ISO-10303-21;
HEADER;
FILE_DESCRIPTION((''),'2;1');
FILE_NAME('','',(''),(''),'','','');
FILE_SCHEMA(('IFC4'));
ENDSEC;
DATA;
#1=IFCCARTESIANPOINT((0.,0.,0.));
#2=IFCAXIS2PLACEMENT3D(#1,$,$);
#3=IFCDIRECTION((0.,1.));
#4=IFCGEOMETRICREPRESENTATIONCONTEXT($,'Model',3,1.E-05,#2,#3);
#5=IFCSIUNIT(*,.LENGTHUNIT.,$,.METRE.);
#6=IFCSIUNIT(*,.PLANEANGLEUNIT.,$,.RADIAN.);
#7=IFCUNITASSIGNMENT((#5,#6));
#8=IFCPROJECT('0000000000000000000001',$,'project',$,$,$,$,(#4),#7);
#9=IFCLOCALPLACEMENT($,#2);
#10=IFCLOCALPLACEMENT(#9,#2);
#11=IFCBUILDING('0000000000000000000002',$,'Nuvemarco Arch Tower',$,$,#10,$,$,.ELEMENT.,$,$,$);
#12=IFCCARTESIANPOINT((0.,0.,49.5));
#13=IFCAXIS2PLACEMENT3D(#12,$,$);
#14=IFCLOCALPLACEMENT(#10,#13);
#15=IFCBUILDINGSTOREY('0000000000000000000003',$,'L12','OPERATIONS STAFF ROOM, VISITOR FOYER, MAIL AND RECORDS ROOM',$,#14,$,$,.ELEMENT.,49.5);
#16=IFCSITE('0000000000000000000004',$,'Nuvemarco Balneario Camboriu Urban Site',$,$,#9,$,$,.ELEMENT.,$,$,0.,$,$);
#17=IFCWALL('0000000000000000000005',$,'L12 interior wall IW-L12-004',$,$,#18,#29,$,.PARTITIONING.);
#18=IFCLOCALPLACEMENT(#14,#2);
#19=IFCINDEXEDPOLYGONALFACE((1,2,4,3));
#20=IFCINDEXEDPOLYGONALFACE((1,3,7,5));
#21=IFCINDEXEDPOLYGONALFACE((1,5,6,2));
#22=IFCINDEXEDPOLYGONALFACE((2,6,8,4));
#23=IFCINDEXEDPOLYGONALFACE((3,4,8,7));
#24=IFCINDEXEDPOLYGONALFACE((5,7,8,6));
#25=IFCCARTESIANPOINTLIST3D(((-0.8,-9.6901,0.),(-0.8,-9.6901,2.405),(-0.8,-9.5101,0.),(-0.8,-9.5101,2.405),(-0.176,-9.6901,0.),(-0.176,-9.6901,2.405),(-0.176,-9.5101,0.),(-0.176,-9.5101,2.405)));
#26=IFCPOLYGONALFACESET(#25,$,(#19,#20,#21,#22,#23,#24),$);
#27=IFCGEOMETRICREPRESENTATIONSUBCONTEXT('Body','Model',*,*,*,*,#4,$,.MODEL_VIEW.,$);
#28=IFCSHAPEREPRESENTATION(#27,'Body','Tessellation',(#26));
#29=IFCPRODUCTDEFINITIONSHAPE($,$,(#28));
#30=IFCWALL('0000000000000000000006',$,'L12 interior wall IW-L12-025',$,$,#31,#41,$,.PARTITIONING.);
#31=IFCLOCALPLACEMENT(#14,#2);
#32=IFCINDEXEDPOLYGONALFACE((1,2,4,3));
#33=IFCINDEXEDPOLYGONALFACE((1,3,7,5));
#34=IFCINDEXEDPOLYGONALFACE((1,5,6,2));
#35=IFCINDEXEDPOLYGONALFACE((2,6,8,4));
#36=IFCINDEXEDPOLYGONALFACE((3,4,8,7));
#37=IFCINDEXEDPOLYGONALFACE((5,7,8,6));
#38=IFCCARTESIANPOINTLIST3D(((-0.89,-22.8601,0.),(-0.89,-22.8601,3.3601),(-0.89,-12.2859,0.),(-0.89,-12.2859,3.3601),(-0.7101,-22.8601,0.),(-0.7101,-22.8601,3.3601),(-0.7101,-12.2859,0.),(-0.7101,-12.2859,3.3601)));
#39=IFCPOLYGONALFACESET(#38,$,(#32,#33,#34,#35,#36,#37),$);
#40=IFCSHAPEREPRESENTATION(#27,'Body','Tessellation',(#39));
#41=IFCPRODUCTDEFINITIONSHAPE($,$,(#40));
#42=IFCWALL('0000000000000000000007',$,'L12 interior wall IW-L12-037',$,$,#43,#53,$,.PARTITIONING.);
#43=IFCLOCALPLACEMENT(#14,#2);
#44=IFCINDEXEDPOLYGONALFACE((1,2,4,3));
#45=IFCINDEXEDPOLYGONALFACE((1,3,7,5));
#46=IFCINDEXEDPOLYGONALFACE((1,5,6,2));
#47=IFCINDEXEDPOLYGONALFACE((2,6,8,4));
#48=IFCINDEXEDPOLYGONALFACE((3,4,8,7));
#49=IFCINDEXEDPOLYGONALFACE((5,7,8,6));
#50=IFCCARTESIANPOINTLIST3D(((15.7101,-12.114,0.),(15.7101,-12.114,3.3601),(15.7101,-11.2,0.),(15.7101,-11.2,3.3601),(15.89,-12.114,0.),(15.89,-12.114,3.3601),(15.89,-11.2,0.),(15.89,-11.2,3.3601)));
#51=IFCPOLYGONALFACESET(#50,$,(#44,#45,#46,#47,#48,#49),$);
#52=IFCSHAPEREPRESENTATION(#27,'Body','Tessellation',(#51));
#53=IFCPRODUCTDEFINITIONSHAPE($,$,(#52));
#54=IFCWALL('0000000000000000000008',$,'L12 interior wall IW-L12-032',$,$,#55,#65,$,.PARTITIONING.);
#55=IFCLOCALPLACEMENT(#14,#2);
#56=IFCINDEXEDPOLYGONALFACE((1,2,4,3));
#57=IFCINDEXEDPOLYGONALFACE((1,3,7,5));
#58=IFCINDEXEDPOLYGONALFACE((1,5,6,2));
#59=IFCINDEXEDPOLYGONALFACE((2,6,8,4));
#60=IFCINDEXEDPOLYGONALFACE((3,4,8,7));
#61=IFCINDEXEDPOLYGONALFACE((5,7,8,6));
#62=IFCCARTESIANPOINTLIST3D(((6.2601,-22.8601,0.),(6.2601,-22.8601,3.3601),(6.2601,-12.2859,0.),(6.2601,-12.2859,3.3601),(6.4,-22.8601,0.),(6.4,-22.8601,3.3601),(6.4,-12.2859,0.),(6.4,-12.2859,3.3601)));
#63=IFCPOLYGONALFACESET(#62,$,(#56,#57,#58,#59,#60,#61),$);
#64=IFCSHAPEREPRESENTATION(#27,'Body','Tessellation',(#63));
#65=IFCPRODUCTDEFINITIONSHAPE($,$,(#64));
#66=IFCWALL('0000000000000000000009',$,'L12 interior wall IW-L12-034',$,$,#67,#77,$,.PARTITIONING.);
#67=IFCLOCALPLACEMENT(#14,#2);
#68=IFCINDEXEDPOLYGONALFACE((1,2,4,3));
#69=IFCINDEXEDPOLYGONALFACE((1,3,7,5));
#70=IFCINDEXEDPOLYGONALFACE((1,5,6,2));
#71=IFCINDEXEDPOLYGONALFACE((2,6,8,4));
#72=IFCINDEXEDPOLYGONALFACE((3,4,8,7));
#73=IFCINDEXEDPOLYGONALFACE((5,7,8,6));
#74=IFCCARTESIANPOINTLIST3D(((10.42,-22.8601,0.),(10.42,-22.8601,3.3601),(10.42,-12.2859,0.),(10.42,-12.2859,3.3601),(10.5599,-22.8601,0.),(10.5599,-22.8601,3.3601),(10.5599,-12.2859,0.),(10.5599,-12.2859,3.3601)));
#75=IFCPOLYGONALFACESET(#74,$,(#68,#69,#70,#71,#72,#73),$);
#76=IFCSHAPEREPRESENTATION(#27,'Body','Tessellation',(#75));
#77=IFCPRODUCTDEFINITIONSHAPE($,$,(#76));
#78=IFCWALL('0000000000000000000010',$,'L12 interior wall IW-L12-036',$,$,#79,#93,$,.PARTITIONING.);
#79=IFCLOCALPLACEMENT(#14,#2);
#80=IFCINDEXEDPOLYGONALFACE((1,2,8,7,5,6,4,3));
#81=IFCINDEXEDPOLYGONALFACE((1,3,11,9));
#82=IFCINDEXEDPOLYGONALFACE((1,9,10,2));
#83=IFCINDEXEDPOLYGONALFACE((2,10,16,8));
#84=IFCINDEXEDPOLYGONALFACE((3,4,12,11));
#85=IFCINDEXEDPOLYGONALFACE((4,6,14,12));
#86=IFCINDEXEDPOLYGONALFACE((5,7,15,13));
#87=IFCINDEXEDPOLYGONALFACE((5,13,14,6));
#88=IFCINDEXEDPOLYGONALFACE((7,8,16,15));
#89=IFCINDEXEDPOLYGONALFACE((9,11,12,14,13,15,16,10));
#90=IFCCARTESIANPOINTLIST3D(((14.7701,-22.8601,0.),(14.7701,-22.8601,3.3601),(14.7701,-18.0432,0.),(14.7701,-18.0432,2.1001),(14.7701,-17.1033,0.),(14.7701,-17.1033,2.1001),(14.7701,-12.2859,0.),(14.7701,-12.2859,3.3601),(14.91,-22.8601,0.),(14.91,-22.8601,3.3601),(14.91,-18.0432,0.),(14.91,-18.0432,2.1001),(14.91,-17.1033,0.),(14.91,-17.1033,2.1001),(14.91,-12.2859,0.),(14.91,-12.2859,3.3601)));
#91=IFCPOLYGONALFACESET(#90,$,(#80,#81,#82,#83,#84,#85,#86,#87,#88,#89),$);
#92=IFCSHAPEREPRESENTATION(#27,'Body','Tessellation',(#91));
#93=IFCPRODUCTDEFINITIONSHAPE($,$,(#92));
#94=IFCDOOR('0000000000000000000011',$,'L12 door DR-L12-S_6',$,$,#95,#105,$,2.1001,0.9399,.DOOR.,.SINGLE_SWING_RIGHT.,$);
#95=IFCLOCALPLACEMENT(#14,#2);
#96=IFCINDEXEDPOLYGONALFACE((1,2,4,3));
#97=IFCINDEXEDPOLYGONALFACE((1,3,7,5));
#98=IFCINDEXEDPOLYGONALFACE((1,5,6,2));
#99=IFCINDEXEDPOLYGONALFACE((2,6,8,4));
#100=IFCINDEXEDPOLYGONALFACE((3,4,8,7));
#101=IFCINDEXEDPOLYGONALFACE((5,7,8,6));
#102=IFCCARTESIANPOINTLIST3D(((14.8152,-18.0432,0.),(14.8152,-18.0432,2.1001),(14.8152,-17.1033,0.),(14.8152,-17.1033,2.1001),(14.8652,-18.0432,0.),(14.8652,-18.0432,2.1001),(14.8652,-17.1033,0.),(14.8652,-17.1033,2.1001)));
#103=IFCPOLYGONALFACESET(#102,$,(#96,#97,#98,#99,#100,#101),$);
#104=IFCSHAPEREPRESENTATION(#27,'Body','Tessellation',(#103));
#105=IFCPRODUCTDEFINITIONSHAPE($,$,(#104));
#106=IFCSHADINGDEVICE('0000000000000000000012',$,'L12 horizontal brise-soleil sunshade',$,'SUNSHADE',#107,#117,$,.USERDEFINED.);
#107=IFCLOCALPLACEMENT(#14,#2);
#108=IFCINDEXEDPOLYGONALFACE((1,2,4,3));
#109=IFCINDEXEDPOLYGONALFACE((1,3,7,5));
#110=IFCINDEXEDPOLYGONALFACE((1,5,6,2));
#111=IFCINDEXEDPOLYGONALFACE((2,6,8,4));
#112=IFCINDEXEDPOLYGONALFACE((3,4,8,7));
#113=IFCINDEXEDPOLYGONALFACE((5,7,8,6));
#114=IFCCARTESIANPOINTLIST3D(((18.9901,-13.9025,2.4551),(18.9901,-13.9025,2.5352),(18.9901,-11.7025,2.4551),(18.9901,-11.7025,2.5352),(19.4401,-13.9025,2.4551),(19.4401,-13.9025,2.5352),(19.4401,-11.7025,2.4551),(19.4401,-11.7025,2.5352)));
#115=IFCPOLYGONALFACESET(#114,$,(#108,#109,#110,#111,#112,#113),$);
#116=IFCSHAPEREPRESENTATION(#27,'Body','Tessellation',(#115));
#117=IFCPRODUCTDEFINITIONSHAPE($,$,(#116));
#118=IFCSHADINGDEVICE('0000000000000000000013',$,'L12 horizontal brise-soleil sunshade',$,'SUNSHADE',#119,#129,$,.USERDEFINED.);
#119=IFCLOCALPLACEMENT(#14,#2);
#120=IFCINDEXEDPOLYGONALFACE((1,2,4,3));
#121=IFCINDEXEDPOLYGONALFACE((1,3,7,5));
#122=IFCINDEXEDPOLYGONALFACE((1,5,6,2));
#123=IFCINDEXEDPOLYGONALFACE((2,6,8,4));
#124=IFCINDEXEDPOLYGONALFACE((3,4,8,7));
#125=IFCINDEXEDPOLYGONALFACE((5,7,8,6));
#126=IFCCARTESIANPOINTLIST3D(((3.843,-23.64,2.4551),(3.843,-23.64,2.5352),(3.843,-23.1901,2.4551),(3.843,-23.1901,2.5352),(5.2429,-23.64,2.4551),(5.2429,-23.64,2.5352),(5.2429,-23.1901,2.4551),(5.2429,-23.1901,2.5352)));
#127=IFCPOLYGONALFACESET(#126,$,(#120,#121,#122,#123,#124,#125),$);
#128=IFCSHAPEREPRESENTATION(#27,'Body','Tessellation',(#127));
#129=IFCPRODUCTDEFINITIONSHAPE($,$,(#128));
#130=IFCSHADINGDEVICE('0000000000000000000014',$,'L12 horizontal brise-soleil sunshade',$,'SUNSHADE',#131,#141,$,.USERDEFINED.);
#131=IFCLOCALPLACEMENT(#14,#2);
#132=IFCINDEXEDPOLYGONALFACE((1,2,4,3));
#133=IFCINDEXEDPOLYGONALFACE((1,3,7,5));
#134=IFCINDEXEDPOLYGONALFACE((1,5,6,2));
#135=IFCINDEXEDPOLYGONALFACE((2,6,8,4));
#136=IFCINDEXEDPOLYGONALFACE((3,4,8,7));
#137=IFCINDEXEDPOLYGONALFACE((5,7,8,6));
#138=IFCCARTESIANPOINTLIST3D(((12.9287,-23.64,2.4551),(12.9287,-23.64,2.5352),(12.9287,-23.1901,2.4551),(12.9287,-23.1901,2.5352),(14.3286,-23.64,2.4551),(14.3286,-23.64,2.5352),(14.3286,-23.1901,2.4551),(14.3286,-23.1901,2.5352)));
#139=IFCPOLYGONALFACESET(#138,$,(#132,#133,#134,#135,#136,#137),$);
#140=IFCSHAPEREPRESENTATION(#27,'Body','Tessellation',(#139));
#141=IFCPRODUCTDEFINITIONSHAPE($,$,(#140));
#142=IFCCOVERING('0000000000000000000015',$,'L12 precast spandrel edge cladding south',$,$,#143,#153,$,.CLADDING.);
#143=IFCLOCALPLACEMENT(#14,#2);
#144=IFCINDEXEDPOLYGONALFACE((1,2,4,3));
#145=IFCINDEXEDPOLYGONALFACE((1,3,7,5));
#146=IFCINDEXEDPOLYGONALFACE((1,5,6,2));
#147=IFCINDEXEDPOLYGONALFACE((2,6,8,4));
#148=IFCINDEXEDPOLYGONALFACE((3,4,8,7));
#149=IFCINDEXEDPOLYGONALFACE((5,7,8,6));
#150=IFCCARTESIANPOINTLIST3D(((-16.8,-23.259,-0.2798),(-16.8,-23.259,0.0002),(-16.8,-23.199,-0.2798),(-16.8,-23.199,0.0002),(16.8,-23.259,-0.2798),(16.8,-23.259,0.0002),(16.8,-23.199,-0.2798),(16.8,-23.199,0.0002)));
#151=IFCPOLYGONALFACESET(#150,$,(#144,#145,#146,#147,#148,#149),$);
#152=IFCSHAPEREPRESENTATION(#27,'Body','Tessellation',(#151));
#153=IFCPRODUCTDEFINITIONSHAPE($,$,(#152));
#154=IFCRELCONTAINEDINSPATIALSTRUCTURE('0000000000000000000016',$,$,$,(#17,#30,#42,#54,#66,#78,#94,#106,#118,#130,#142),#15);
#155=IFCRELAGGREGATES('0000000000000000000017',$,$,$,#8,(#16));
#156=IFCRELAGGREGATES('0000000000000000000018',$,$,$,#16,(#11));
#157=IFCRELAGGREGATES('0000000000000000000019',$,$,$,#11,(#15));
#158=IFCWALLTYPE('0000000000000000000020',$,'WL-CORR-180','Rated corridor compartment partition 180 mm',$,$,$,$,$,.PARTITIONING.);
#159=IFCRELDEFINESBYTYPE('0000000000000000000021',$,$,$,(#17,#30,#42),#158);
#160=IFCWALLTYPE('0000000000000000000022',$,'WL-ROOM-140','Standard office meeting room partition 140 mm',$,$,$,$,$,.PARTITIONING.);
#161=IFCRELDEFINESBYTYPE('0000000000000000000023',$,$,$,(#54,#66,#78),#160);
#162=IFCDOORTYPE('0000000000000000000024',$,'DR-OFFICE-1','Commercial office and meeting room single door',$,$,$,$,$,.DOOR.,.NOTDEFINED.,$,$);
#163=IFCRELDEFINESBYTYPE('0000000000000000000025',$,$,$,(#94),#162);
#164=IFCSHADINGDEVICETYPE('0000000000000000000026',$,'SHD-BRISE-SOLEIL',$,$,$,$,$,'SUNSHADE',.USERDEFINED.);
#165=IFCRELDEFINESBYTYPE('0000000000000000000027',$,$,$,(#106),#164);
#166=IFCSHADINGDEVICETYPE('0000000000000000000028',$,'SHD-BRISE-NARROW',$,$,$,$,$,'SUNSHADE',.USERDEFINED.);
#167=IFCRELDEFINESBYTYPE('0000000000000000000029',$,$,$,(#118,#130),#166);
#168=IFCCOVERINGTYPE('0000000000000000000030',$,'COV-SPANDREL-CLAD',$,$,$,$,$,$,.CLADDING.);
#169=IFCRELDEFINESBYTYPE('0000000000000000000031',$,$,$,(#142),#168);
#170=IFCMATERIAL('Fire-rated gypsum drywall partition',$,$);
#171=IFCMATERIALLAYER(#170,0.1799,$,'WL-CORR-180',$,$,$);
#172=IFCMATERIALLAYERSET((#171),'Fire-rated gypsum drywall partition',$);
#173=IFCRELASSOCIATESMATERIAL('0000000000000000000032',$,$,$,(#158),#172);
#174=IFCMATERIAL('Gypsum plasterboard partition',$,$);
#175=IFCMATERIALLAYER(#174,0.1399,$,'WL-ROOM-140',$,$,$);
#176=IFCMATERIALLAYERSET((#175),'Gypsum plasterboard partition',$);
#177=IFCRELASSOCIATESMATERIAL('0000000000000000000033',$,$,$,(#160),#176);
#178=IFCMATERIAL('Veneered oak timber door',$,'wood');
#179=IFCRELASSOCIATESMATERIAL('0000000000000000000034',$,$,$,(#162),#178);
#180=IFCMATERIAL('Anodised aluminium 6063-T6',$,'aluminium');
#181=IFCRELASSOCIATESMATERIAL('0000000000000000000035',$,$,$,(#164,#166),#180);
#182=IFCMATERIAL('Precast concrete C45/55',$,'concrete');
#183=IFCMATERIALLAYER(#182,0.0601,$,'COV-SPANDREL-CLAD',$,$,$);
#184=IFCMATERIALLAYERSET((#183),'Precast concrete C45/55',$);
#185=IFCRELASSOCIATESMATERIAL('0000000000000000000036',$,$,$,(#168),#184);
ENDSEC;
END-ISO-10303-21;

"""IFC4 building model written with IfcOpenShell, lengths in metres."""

from ifc_helpers import new_model, si_unit, direction, frame, frame_2d, origin, origin_2d, place, context, subcontext, project, spatial, rectangle, extrude, source, transform, mapped, material, layer, layer_set, type_object, type_shapes, element, fill, save


model = new_model("IFC4")

# Units and contexts
model_context = context("Model", 3, precision=1e-05, world=origin(), true_north=direction((0.0, 1.0)))
body_context = subcontext(model_context, "Body", "Model", "MODEL_VIEW")
ifc_project = project(units=[si_unit("LENGTHUNIT", "METRE"), si_unit("PLANEANGLEUNIT", "RADIAN")], contexts=[model_context])

# Site, building, storey
site_placement = place(None, origin())
site = spatial("IfcSite", under=ifc_project, at=site_placement, Name="Nuvemarco Balneario Camboriu Urban Site", CompositionType="ELEMENT", RefElevation=0.0)
building_placement = place(site_placement, origin())
building = spatial("IfcBuilding", under=site, at=building_placement, Name="Nuvemarco Arch Tower", CompositionType="ELEMENT")
storey_placement = place(building_placement, frame((0.0, 0.0, 49.5)))
storey = spatial("IfcBuildingStorey", under=building, at=storey_placement, Name="L12", Description="OPERATIONS STAFF ROOM, VISITOR FOYER, MAIL AND RECORDS ROOM", CompositionType="ELEMENT", Elevation=49.5)

# Shared definitions
ifc_material_1 = material(Name="Precast concrete C45/55", Category="concrete")

# Walls
ifc_material_2 = material(Name="Fire-rated gypsum drywall partition")
ifc_layer_1 = layer(ifc_material_2, 0.1799, Name="WL-CORR-180")
ifc_layer_set_1 = layer_set([ifc_layer_1], Name="Fire-rated gypsum drywall partition")
wall_type_1 = type_object("IfcWallType", Name="WL-CORR-180", Description="Rated corridor compartment partition 180 mm", PredefinedType="PARTITIONING", material=ifc_layer_set_1)
wall_1_placement = place(storey_placement, frame((-0.8, -9.6001, 0.0), z_axis=(0.0, 0.0, 1.0), x_axis=(1.0, 0.0, 0.0)))
element("IfcWall", 1, at=wall_1_placement, inside=storey, type_object=wall_type_1, Name="L12 interior wall IW-L12-004", PredefinedType="PARTITIONING", context=body_context, shape_type="SweptSolid", body=[
    extrude(rectangle(XDim=0.624, YDim=0.1799, at=frame_2d((0.312, 0.0))), origin(), (0.0, 0.0, 1.0), 2.405),
])
wall_2_placement = place(storey_placement, frame((-0.8, -22.8601, 0.0), z_axis=(0.0, 0.0, 1.0), x_axis=(0.0, 1.0, 0.0)))
element("IfcWall", 2, at=wall_2_placement, inside=storey, type_object=wall_type_1, Name="L12 interior wall IW-L12-025", PredefinedType="PARTITIONING", context=body_context, shape_type="SweptSolid", body=[
    extrude(rectangle(XDim=10.5742, YDim=0.1799, at=frame_2d((5.2871, 0.0))), origin(), (0.0, 0.0, 1.0), 3.3601),
])
wall_3_placement = place(storey_placement, frame((15.8, -12.114, 0.0), z_axis=(0.0, 0.0, 1.0), x_axis=(0.0, 1.0, 0.0)))
element("IfcWall", 3, at=wall_3_placement, inside=storey, type_object=wall_type_1, Name="L12 interior wall IW-L12-037", PredefinedType="PARTITIONING", context=body_context, shape_type="SweptSolid", body=[
    extrude(rectangle(XDim=0.9141, YDim=0.1799, at=frame_2d((0.457, 0.0))), origin(), (0.0, 0.0, 1.0), 3.3601),
])
ifc_material_3 = material(Name="Gypsum plasterboard partition")
ifc_layer_2 = layer(ifc_material_3, 0.1399, Name="WL-ROOM-140")
ifc_layer_set_2 = layer_set([ifc_layer_2], Name="Gypsum plasterboard partition")
wall_type_2 = type_object("IfcWallType", Name="WL-ROOM-140", Description="Standard office meeting room partition 140 mm", PredefinedType="PARTITIONING", material=ifc_layer_set_2)
for number, where, z_axis, x_axis, name in (
    (4, (6.3301, -22.8601, 0.0), (0.0, 0.0, 1.0), (0.0, 1.0, 0.0), "L12 interior wall IW-L12-032"),
    (5, (10.49, -22.8601, 0.0), (0.0, 0.0, 1.0), (0.0, 1.0, 0.0), "L12 interior wall IW-L12-034"),
):
    element("IfcWall", number, at=place(storey_placement, frame(where, z_axis=z_axis, x_axis=x_axis)), inside=storey, type_object=wall_type_2, Name=name, PredefinedType="PARTITIONING", context=body_context, shape_type="SweptSolid", body=[
        extrude(rectangle(XDim=10.5742, YDim=0.1399, at=frame_2d((5.2871, 0.0))), origin(), (0.0, 0.0, 1.0), 3.3601),
    ])

# Wall, opening, door
wall_4_placement = place(storey_placement, frame((14.8401, -22.8601, 0.0), z_axis=(0.0, 0.0, 1.0), x_axis=(0.0, 1.0, 0.0)))
wall_4 = element("IfcWall", 6, at=wall_4_placement, inside=storey, type_object=wall_type_2, Name="L12 interior wall IW-L12-036", PredefinedType="PARTITIONING", context=body_context, shape_type="SweptSolid", body=[
    extrude(rectangle(XDim=10.5742, YDim=0.1399, at=frame_2d((5.2871, 0.0))), origin(), (0.0, 0.0, 1.0), 3.3601),
])
opening_1_placement = place(wall_4_placement, frame((4.8169, 0.0, 0.0)))
opening_1 = element("IfcOpeningElement", 7, at=opening_1_placement, cuts=wall_4, PredefinedType="OPENING", context=body_context, shape_type="SweptSolid", body=[
    extrude(rectangle(XDim=0.9399, YDim=2.1001, at=frame_2d((0.47, 1.05))), frame((0.0, 0.0798, 0.0), z_axis=(0.0, -1.0, 0.0), x_axis=(1.0, 0.0, 0.0)), (0.0, 0.0, 1.0), 0.1599),
])
ifc_material_4 = material(Name="Veneered oak timber door", Category="wood")
door_type = type_object("IfcDoorType", Name="DR-OFFICE-1", Description="Commercial office and meeting room single door", OperationType="NOTDEFINED", PredefinedType="DOOR", material=ifc_material_4)
shared_shape_1 = source(origin(), body_context, "Body", "SweptSolid", [
    extrude(rectangle(XDim=0.9399, YDim=2.1001, at=frame_2d((0.47, 1.05))), frame((0.0, 0.0249, 0.0), z_axis=(0.0, -1.0, 0.0), x_axis=(1.0, 0.0, 0.0)), (0.0, 0.0, 1.0), 0.05),
])
type_shapes(door_type, [shared_shape_1])
door_placement = place(opening_1_placement, origin())
door = element("IfcDoor", 8, at=door_placement, inside=storey, type_object=door_type, Name="L12 door DR-L12-S_6", OperationType="SINGLE_SWING_RIGHT", OverallHeight=2.1001, OverallWidth=0.9399, PredefinedType="DOOR", context=body_context, shape_type="MappedRepresentation", body=[
    mapped(shared_shape_1, transform((0.0, 0.0, 0.0), scale=1.0)),
])
fill(opening_1, door)

# Shading devices
ifc_material_5 = material(Name="Anodised aluminium 6063-T6", Category="aluminium")
shading_device_type_1 = type_object("IfcShadingDeviceType", Name="SHD-BRISE-SOLEIL", ElementType="SUNSHADE", PredefinedType="USERDEFINED", material=ifc_material_5)
shared_shape_2 = source(origin(), body_context, "Body", "SweptSolid", [
    extrude(rectangle(XDim=2.2, YDim=0.45, at=origin_2d()), origin(), (0.0, 0.0, 1.0), 0.0801),
])
type_shapes(shading_device_type_1, [shared_shape_2])
shading_device_placement = place(storey_placement, frame((19.2151, -12.8025, 2.4551), z_axis=(0.0, 0.0, 1.0), x_axis=(0.0, 1.0, 0.0)))
element("IfcShadingDevice", 9, at=shading_device_placement, inside=storey, type_object=shading_device_type_1, Name="L12 horizontal brise-soleil sunshade", ObjectType="SUNSHADE", PredefinedType="USERDEFINED", context=body_context, shape_type="MappedRepresentation", body=[
    mapped(shared_shape_2, transform((0.0, 0.0, 0.0), scale=1.0)),
])
shading_device_type_2 = type_object("IfcShadingDeviceType", Name="SHD-BRISE-NARROW", ElementType="SUNSHADE", PredefinedType="USERDEFINED", material=ifc_material_5)
shared_shape_3 = source(origin(), body_context, "Body", "SweptSolid", [
    extrude(rectangle(XDim=1.3999, YDim=0.45, at=origin_2d()), origin(), (0.0, 0.0, 1.0), 0.0801),
])
type_shapes(shading_device_type_2, [shared_shape_3])
for number, where, z_axis, x_axis, name in (
    (10, (4.543, -23.415, 2.4551), (0.0, 0.0, 1.0), (1.0, 0.0, 0.0), "L12 horizontal brise-soleil sunshade"),
    (11, (13.6287, -23.415, 2.4551), (0.0, 0.0, 1.0), (1.0, 0.0, 0.0), "L12 horizontal brise-soleil sunshade"),
):
    element("IfcShadingDevice", number, at=place(storey_placement, frame(where, z_axis=z_axis, x_axis=x_axis)), inside=storey, type_object=shading_device_type_2, Name=name, ObjectType="SUNSHADE", PredefinedType="USERDEFINED", context=body_context, shape_type="MappedRepresentation", body=[
        mapped(shared_shape_3, transform((0.0, 0.0, 0.0), scale=1.0)),
    ])

# Covering
ifc_layer_3 = layer(ifc_material_1, 0.0601, Name="COV-SPANDREL-CLAD")
ifc_layer_set_3 = layer_set([ifc_layer_3], Name="Precast concrete C45/55")
covering_type = type_object("IfcCoveringType", Name="COV-SPANDREL-CLAD", PredefinedType="CLADDING", material=ifc_layer_set_3)
shared_shape_4 = source(origin(), body_context, "Body", "SweptSolid", [
    extrude(rectangle(XDim=33.6001, YDim=0.0601, at=origin_2d()), origin(), (0.0, 0.0, 1.0), 0.28),
])
type_shapes(covering_type, [shared_shape_4])
covering_placement = place(storey_placement, frame((0.0, -23.229, -0.2798), z_axis=(0.0, 0.0, 1.0), x_axis=(1.0, 0.0, 0.0)))
element("IfcCovering", 12, at=covering_placement, inside=storey, type_object=covering_type, Name="L12 precast spandrel edge cladding south", PredefinedType="CLADDING", context=body_context, shape_type="MappedRepresentation", body=[
    mapped(shared_shape_4, transform((0.0, 0.0, 0.0), scale=1.0)),
])

save(model, "model.ifc")
